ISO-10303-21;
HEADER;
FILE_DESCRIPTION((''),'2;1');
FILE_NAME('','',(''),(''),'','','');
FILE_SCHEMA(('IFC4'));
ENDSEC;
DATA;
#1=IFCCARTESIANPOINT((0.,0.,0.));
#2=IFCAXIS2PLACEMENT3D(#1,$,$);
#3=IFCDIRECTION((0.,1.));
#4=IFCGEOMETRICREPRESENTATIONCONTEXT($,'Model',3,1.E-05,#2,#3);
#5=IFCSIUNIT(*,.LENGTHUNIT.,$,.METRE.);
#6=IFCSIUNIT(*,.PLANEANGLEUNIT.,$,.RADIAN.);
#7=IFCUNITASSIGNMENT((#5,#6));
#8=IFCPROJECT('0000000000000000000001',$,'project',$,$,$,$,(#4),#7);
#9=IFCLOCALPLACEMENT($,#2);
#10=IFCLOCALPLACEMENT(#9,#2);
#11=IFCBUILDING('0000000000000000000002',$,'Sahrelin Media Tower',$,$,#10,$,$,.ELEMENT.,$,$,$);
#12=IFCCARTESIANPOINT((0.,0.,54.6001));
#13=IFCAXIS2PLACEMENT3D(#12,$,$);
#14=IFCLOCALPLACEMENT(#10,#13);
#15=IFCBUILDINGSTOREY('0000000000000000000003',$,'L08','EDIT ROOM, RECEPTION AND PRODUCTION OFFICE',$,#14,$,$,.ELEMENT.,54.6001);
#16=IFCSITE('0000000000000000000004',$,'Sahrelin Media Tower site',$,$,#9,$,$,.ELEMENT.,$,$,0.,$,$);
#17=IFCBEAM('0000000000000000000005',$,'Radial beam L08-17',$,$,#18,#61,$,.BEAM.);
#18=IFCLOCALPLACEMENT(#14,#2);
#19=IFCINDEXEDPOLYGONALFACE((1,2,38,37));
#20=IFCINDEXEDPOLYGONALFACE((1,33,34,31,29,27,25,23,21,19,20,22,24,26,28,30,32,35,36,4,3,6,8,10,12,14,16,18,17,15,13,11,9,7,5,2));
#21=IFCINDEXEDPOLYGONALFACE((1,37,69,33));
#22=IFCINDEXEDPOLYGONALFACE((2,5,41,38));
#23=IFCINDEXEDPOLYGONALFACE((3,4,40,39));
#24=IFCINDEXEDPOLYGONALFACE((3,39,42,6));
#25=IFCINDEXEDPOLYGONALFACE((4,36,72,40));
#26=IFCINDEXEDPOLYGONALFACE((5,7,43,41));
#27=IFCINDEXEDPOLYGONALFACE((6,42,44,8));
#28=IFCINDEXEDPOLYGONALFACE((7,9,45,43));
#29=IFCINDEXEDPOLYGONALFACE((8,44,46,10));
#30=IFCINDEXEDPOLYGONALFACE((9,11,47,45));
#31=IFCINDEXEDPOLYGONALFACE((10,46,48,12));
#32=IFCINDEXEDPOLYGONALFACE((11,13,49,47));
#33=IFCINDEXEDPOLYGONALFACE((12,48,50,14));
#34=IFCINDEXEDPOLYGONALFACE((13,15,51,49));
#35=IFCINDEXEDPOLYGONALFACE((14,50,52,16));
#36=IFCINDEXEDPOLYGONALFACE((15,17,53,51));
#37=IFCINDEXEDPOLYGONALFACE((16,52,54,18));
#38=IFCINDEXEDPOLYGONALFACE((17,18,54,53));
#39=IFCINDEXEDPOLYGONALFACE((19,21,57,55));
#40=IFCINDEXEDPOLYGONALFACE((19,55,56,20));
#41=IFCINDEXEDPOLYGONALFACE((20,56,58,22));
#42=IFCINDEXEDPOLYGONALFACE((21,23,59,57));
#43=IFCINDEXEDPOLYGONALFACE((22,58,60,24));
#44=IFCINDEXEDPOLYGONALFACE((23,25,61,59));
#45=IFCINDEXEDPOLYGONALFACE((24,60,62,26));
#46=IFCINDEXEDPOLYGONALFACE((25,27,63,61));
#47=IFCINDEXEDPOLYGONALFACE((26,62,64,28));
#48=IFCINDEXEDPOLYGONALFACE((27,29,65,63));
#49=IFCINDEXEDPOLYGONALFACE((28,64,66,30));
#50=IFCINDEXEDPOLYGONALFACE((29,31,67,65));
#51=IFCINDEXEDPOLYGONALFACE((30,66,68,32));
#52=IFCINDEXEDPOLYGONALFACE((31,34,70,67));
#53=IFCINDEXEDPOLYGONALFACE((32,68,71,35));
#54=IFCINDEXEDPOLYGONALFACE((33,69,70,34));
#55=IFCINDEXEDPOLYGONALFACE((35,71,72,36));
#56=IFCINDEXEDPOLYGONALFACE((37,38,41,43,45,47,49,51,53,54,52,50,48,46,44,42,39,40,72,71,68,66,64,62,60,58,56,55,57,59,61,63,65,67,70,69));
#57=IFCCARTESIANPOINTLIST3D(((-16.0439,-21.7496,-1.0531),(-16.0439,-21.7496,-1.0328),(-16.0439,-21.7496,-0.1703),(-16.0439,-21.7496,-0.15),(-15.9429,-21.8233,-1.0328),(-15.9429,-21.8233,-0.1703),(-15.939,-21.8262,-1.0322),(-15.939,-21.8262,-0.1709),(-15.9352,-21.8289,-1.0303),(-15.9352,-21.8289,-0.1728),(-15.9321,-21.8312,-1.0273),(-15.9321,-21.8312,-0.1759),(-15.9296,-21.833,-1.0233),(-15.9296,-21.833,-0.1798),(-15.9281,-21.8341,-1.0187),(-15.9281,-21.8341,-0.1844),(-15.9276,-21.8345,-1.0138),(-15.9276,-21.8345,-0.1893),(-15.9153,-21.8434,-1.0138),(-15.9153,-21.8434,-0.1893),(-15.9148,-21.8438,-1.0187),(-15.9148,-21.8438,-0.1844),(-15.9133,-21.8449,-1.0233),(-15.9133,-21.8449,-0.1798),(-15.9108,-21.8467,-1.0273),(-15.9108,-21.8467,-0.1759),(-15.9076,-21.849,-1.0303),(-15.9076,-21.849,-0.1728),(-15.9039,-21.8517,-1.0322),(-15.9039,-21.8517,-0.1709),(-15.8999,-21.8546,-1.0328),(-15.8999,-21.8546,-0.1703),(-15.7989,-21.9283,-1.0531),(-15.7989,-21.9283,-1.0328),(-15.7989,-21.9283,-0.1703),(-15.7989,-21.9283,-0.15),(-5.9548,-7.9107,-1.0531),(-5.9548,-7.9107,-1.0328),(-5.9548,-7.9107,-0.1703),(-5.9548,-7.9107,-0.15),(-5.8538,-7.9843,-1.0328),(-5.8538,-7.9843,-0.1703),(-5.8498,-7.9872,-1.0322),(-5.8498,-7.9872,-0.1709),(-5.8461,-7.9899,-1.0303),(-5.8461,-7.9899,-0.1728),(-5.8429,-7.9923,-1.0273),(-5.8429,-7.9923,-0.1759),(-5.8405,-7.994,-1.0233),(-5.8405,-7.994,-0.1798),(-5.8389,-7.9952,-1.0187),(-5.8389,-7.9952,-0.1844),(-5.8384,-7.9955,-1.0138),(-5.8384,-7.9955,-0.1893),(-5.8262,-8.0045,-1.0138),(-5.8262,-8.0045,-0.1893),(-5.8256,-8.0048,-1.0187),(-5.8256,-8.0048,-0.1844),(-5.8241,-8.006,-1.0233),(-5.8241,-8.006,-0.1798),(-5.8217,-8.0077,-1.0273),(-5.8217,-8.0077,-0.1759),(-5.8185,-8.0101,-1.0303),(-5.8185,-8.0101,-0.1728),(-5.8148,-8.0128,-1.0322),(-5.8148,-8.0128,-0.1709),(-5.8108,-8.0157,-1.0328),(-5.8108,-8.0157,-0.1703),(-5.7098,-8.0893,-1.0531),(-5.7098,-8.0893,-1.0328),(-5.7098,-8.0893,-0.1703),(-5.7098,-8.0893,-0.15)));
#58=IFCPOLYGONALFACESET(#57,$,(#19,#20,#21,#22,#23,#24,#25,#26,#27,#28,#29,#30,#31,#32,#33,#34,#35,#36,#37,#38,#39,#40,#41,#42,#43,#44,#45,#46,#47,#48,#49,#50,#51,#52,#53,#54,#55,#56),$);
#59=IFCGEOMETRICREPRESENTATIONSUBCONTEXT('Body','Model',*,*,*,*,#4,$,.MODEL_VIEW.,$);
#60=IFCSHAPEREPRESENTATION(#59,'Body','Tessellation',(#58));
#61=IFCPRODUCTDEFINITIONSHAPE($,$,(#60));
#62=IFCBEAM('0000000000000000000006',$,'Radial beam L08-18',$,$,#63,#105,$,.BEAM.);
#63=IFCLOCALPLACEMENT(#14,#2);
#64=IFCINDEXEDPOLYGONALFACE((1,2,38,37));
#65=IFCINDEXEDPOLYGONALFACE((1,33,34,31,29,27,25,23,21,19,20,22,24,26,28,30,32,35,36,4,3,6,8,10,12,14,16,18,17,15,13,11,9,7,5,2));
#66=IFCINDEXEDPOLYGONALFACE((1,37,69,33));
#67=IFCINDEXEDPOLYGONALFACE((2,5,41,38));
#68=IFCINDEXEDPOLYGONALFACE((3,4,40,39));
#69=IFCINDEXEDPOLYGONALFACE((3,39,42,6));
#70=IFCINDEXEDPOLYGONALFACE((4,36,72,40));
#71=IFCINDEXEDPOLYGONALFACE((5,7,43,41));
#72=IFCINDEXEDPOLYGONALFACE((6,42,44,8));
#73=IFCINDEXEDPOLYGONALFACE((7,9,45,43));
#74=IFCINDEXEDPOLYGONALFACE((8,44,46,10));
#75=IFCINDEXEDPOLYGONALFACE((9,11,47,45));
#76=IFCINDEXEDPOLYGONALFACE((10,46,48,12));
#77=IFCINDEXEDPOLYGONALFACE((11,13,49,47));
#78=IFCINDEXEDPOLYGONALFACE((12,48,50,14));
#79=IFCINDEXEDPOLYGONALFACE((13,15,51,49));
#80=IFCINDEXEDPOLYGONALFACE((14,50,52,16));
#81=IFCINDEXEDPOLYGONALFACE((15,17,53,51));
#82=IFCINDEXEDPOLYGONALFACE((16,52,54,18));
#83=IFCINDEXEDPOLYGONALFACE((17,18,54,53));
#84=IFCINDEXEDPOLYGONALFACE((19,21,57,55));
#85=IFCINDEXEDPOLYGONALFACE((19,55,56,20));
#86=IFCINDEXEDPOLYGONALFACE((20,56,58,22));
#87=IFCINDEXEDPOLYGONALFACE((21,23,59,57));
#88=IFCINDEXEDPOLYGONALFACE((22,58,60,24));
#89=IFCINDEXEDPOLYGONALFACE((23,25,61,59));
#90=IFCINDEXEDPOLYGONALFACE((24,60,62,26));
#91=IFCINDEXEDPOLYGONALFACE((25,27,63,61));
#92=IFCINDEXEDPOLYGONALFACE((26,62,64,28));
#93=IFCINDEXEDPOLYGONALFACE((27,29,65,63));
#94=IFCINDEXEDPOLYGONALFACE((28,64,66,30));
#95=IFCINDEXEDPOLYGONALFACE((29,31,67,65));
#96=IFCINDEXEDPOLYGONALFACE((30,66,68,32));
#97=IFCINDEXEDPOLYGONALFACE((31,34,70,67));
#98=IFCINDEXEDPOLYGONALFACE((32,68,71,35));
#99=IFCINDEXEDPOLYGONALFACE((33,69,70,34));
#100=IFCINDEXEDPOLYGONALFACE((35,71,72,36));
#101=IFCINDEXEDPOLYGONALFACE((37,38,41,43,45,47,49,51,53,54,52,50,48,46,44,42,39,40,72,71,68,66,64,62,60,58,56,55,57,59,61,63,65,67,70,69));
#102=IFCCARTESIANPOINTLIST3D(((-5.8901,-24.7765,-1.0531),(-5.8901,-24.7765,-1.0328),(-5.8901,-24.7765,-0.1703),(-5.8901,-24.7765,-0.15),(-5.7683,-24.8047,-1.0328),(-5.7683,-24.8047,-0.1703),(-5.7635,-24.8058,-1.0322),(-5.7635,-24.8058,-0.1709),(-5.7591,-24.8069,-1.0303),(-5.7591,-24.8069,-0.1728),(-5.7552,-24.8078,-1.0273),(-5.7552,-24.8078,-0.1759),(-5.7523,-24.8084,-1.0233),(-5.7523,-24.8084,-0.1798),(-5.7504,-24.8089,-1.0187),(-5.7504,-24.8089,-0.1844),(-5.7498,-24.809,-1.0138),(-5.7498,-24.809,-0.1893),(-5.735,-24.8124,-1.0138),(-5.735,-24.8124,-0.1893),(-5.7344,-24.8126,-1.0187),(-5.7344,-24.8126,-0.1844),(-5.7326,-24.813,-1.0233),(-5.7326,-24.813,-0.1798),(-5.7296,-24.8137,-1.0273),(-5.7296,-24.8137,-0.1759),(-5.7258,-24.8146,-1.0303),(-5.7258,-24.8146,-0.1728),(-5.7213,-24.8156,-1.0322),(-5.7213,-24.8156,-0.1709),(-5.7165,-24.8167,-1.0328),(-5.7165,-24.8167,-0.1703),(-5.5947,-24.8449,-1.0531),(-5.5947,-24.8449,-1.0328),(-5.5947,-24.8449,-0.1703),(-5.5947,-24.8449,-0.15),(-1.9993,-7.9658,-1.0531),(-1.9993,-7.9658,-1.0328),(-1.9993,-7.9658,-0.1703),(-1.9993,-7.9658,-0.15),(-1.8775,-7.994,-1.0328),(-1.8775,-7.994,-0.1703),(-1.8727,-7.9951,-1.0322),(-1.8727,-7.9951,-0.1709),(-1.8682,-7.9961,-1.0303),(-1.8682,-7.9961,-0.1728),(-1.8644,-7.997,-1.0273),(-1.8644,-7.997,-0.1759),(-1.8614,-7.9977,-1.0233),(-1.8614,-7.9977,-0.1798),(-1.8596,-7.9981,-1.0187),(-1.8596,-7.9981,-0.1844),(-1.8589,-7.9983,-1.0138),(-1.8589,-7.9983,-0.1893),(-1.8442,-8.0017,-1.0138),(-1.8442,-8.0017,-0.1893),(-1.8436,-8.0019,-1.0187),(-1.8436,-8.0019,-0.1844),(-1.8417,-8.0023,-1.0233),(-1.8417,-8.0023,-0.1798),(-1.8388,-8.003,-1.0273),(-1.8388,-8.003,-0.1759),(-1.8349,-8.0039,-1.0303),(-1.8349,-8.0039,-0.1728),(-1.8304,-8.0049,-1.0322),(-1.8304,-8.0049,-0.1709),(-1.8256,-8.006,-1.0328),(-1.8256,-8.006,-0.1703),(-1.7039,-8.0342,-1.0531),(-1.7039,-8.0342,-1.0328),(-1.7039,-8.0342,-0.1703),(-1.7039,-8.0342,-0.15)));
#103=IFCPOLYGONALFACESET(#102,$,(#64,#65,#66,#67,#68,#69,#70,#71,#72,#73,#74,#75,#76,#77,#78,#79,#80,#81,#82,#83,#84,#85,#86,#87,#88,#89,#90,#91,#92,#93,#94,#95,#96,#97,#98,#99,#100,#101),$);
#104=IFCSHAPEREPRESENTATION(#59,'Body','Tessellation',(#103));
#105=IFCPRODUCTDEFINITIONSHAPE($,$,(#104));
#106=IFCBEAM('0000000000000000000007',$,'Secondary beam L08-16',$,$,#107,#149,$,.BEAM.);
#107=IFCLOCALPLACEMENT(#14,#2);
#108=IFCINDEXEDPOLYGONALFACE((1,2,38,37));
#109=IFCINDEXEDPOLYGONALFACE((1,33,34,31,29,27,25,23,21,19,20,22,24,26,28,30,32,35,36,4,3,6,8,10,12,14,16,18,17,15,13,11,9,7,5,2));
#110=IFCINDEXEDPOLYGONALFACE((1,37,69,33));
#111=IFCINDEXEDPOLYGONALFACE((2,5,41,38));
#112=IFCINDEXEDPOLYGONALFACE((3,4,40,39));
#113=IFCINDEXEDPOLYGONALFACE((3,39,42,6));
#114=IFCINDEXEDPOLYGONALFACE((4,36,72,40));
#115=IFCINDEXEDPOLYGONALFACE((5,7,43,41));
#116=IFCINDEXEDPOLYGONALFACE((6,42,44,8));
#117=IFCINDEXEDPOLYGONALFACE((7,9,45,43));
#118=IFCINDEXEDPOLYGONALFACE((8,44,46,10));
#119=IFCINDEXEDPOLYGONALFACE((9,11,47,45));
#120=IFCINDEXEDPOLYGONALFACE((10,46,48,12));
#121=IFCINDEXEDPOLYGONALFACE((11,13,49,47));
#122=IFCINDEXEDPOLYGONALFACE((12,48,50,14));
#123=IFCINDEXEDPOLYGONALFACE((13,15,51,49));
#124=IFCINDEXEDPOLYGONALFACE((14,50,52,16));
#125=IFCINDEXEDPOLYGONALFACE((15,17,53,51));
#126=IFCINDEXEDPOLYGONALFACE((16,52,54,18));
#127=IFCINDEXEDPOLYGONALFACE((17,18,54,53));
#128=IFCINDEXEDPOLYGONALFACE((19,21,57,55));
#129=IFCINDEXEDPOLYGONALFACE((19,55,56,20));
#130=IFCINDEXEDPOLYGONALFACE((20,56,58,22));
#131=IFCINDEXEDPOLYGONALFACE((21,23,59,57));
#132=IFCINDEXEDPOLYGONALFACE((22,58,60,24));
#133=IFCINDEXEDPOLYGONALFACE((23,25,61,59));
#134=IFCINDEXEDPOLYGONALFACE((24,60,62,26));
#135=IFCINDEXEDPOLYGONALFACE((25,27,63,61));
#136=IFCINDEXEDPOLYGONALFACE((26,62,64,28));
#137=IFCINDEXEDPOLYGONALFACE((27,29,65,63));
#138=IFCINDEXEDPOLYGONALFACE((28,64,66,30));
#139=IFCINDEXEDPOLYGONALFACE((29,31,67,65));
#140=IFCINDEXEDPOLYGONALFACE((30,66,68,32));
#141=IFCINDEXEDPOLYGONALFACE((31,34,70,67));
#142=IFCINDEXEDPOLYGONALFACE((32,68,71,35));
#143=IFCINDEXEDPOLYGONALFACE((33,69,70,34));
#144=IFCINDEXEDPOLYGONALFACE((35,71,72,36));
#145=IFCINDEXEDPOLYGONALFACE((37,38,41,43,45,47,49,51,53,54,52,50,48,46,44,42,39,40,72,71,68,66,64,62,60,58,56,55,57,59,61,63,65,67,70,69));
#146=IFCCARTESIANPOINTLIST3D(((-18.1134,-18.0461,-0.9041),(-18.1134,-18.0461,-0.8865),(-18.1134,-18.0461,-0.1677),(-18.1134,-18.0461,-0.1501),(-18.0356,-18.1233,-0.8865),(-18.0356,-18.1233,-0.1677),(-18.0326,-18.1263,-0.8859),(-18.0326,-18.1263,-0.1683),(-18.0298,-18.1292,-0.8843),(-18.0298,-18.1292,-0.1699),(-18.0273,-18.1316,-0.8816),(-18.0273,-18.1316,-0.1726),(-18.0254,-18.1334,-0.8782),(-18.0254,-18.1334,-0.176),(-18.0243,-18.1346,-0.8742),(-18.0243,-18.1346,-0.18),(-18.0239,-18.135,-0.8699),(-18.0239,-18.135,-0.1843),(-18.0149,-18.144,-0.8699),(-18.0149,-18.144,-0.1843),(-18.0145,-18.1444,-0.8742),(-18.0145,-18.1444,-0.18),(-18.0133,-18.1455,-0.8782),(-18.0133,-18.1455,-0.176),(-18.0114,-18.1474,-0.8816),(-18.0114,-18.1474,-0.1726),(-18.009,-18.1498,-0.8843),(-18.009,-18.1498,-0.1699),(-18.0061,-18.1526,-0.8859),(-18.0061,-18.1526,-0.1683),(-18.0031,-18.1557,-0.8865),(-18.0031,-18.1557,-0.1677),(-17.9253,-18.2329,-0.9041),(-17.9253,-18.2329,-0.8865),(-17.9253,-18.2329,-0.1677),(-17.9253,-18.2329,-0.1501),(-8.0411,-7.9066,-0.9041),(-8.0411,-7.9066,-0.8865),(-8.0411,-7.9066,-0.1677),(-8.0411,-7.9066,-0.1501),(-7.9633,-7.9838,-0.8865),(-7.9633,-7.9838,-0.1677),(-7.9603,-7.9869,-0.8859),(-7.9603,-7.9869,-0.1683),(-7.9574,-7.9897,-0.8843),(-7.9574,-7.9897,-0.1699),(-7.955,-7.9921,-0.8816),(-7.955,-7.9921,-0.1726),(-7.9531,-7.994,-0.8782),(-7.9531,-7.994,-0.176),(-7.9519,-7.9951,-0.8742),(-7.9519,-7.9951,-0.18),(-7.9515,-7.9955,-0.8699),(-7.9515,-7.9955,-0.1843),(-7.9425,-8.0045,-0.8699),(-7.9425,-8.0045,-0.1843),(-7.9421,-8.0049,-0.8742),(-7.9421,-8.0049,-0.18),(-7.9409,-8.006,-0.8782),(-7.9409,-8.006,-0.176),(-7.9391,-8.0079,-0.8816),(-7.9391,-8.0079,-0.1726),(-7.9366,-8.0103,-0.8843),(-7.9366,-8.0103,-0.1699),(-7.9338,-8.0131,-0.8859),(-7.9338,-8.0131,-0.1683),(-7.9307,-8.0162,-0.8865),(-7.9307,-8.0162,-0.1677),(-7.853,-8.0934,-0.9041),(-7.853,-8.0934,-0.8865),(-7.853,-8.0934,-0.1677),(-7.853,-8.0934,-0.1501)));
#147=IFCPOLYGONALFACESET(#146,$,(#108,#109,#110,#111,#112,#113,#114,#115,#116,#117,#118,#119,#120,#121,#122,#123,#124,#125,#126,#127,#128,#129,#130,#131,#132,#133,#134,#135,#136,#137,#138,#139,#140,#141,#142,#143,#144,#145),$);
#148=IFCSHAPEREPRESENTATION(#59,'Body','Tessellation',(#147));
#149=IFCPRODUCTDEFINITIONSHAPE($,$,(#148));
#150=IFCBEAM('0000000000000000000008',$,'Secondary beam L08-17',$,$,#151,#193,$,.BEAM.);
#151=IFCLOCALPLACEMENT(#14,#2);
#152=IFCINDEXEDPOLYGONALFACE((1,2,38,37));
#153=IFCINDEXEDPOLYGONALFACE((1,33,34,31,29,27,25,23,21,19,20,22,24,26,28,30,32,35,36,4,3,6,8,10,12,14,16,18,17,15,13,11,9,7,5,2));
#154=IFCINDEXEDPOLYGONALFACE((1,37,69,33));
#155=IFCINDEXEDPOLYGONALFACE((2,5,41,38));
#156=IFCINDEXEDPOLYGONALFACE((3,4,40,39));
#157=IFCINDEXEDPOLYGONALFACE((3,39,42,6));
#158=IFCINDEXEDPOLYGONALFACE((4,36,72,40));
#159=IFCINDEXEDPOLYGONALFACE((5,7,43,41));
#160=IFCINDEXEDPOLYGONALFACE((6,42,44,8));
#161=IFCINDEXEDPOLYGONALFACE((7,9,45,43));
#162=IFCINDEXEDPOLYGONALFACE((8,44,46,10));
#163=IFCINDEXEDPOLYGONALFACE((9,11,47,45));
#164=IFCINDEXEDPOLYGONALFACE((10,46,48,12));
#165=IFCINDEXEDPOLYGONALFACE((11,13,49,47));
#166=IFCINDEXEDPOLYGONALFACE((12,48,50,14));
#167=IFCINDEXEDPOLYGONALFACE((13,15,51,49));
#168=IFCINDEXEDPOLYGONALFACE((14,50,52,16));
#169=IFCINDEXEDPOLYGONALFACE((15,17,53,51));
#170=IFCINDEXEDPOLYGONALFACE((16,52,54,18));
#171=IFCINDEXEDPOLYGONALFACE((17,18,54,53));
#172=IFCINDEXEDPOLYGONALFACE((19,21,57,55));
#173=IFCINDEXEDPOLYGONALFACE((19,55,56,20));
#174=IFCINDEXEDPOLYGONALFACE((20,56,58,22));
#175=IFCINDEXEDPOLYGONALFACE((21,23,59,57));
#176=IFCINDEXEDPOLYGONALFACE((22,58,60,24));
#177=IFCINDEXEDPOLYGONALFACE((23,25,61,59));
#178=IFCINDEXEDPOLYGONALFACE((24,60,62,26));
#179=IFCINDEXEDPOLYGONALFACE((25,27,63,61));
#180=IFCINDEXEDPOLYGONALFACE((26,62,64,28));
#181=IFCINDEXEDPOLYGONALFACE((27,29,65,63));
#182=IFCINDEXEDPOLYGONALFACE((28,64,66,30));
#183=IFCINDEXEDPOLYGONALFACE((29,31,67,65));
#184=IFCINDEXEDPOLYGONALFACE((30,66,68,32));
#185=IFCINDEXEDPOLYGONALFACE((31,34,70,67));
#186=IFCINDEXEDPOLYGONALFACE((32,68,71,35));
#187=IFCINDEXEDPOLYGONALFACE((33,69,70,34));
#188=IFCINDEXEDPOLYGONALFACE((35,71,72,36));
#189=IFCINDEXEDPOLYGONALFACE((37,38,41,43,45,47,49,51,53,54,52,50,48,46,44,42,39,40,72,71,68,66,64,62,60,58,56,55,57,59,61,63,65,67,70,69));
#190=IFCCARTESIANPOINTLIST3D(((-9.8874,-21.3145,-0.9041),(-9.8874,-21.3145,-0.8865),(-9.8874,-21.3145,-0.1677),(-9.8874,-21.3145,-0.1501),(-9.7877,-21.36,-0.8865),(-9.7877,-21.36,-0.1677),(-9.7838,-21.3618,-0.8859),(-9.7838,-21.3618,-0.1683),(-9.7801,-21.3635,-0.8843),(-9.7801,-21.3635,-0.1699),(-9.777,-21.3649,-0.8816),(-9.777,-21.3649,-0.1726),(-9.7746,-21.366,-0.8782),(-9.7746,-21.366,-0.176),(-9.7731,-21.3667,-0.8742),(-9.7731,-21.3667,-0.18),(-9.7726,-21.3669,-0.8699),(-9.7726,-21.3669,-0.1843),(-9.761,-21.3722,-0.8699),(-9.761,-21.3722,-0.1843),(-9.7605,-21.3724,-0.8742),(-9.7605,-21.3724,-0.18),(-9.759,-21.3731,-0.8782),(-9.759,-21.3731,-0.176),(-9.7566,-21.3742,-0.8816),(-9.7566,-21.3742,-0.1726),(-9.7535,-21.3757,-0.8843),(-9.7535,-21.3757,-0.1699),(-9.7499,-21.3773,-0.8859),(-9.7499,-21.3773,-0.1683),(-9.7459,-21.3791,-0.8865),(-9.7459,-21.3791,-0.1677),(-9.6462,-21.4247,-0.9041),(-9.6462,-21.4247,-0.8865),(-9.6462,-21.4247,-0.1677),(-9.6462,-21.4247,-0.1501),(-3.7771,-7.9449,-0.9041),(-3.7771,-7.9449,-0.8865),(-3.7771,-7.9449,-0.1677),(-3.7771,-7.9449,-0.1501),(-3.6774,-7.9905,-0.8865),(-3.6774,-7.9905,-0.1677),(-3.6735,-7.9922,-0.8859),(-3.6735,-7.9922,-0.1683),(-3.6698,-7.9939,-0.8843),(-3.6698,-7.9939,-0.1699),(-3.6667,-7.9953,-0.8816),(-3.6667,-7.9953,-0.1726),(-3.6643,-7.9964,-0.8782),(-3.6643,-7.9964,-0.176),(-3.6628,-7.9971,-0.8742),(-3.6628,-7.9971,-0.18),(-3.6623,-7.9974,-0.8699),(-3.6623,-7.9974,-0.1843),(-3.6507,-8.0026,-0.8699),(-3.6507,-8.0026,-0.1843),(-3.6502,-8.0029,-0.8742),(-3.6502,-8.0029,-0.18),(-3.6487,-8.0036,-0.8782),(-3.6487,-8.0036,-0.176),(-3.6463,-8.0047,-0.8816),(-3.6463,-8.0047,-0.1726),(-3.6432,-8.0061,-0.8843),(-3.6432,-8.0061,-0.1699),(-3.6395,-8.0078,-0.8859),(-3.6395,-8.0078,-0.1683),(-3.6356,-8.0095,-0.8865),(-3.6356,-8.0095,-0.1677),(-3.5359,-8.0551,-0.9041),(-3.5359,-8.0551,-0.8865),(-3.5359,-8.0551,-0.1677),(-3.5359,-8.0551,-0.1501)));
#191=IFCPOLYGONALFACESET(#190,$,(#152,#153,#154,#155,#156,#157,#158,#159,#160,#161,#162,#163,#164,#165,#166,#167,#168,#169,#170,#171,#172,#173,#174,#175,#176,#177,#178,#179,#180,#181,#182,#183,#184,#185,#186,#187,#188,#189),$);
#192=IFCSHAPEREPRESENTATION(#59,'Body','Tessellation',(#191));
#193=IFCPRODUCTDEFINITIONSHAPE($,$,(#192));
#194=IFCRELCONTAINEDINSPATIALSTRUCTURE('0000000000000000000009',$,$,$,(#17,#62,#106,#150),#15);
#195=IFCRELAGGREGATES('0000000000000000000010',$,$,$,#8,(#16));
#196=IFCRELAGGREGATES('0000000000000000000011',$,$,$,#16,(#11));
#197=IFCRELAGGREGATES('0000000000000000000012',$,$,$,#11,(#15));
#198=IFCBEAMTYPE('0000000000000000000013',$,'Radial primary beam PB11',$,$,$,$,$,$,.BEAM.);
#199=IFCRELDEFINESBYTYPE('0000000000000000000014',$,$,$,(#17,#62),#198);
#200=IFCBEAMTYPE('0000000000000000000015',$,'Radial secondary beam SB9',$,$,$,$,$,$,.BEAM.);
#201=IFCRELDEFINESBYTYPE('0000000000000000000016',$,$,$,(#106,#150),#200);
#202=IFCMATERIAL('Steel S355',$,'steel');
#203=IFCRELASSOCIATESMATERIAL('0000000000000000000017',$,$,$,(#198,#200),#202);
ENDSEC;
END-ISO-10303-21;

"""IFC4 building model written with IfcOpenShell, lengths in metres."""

from ifc_helpers import new_model, si_unit, direction, frame, origin, origin_2d, place, context, subcontext, project, spatial, i_section, extrude, material, material_profile, profile_set, type_object, element, save


model = new_model("IFC4")

# Units and contexts
model_context = context("Model", 3, precision=1e-05, world=origin(), true_north=direction((0.0, 1.0)))
body_context = subcontext(model_context, "Body", "Model", "MODEL_VIEW")
ifc_project = project(units=[si_unit("LENGTHUNIT", "METRE"), si_unit("PLANEANGLEUNIT", "RADIAN")], contexts=[model_context])

# Site, building, storey
site_placement = place(None, origin())
site = spatial("IfcSite", under=ifc_project, at=site_placement, Name="Sahrelin Media Tower site", CompositionType="ELEMENT", RefElevation=0.0)
building_placement = place(site_placement, origin())
building = spatial("IfcBuilding", under=site, at=building_placement, Name="Sahrelin Media Tower", CompositionType="ELEMENT")
storey_placement = place(building_placement, frame((0.0, 0.0, 54.6001)))
storey = spatial("IfcBuildingStorey", under=building, at=storey_placement, Name="L08", Description="EDIT ROOM, RECEPTION AND PRODUCTION OFFICE", CompositionType="ELEMENT", Elevation=54.6001)

# Beams
ifc_material_1 = material(Name="Steel S355", Category="steel")
ifc_material_profile_1 = material_profile(ifc_material_1, i_section(OverallWidth=0.3032, OverallDepth=0.9031, WebThickness=0.0151, FlangeThickness=0.0203, FilletRadius=0.019, at=origin_2d()), Name="UB 914x305x201")
ifc_profile_set_1 = profile_set([ifc_material_profile_1], Name="Steel S355")
beam_type_1 = type_object("IfcBeamType", Name="Radial primary beam PB11", PredefinedType="BEAM", material=ifc_profile_set_1)
beam_1_placement = place(storey_placement, frame((-5.8323, -8.0, -0.6016), z_axis=(-0.589106, -0.808056, 0.0), x_axis=(0.808056, -0.589106, 0.0)))
element("IfcBeam", 1, at=beam_1_placement, inside=storey, type_object=beam_type_1, Name="Radial beam L08-17", PredefinedType="BEAM", context=body_context, shape_type="SweptSolid", body=[
    extrude(i_section(OverallWidth=0.3032, OverallDepth=0.9031, WebThickness=0.0151, FlangeThickness=0.0203, FilletRadius=0.019, at=origin_2d()), origin(), (0.0, 0.0, 1.0), 17.1262),
])
beam_2_placement = place(storey_placement, frame((-1.8516, -8.0, -0.6016), z_axis=(-0.22549, -0.974246, 0.0), x_axis=(0.974246, -0.22549, 0.0)))
element("IfcBeam", 2, at=beam_2_placement, inside=storey, type_object=beam_type_1, Name="Radial beam L08-18", PredefinedType="BEAM", context=body_context, shape_type="SweptSolid", body=[
    extrude(i_section(OverallWidth=0.3032, OverallDepth=0.9031, WebThickness=0.0151, FlangeThickness=0.0203, FilletRadius=0.019, at=origin_2d()), origin(), (0.0, 0.0, 1.0), 17.2551),
])
ifc_material_profile_2 = material_profile(ifc_material_1, i_section(OverallWidth=0.2651, OverallDepth=0.7539, WebThickness=0.0127, FlangeThickness=0.0176, FilletRadius=0.0166, at=origin_2d()), Name="UB 762x267x147")
ifc_profile_set_2 = profile_set([ifc_material_profile_2], Name="Steel S355")
beam_type_2 = type_object("IfcBeamType", Name="Radial secondary beam SB9", PredefinedType="BEAM", material=ifc_profile_set_2)
beam_3_placement = place(storey_placement, frame((-7.947, -8.0, -0.5271), z_axis=(-0.704754, -0.709452, 0.0), x_axis=(0.709452, -0.704754, 0.0)))
element("IfcBeam", 3, at=beam_3_placement, inside=storey, type_object=beam_type_2, Name="Secondary beam L08-16", PredefinedType="BEAM", context=body_context, shape_type="SweptSolid", body=[
    extrude(i_section(OverallWidth=0.2651, OverallDepth=0.7539, WebThickness=0.0127, FlangeThickness=0.0176, FilletRadius=0.0166, at=origin_2d()), origin(), (0.0, 0.0, 1.0), 14.292),
])
beam_4_placement = place(storey_placement, frame((-3.6565, -8.0, -0.5271), z_axis=(-0.415677, -0.909513, 0.0), x_axis=(0.909513, -0.415677, 0.0)))
element("IfcBeam", 4, at=beam_4_placement, inside=storey, type_object=beam_type_2, Name="Secondary beam L08-17", PredefinedType="BEAM", context=body_context, shape_type="SweptSolid", body=[
    extrude(i_section(OverallWidth=0.2651, OverallDepth=0.7539, WebThickness=0.0127, FlangeThickness=0.0176, FilletRadius=0.0166, at=origin_2d()), origin(), (0.0, 0.0, 1.0), 14.6997),
])

save(model, "model.ifc")
